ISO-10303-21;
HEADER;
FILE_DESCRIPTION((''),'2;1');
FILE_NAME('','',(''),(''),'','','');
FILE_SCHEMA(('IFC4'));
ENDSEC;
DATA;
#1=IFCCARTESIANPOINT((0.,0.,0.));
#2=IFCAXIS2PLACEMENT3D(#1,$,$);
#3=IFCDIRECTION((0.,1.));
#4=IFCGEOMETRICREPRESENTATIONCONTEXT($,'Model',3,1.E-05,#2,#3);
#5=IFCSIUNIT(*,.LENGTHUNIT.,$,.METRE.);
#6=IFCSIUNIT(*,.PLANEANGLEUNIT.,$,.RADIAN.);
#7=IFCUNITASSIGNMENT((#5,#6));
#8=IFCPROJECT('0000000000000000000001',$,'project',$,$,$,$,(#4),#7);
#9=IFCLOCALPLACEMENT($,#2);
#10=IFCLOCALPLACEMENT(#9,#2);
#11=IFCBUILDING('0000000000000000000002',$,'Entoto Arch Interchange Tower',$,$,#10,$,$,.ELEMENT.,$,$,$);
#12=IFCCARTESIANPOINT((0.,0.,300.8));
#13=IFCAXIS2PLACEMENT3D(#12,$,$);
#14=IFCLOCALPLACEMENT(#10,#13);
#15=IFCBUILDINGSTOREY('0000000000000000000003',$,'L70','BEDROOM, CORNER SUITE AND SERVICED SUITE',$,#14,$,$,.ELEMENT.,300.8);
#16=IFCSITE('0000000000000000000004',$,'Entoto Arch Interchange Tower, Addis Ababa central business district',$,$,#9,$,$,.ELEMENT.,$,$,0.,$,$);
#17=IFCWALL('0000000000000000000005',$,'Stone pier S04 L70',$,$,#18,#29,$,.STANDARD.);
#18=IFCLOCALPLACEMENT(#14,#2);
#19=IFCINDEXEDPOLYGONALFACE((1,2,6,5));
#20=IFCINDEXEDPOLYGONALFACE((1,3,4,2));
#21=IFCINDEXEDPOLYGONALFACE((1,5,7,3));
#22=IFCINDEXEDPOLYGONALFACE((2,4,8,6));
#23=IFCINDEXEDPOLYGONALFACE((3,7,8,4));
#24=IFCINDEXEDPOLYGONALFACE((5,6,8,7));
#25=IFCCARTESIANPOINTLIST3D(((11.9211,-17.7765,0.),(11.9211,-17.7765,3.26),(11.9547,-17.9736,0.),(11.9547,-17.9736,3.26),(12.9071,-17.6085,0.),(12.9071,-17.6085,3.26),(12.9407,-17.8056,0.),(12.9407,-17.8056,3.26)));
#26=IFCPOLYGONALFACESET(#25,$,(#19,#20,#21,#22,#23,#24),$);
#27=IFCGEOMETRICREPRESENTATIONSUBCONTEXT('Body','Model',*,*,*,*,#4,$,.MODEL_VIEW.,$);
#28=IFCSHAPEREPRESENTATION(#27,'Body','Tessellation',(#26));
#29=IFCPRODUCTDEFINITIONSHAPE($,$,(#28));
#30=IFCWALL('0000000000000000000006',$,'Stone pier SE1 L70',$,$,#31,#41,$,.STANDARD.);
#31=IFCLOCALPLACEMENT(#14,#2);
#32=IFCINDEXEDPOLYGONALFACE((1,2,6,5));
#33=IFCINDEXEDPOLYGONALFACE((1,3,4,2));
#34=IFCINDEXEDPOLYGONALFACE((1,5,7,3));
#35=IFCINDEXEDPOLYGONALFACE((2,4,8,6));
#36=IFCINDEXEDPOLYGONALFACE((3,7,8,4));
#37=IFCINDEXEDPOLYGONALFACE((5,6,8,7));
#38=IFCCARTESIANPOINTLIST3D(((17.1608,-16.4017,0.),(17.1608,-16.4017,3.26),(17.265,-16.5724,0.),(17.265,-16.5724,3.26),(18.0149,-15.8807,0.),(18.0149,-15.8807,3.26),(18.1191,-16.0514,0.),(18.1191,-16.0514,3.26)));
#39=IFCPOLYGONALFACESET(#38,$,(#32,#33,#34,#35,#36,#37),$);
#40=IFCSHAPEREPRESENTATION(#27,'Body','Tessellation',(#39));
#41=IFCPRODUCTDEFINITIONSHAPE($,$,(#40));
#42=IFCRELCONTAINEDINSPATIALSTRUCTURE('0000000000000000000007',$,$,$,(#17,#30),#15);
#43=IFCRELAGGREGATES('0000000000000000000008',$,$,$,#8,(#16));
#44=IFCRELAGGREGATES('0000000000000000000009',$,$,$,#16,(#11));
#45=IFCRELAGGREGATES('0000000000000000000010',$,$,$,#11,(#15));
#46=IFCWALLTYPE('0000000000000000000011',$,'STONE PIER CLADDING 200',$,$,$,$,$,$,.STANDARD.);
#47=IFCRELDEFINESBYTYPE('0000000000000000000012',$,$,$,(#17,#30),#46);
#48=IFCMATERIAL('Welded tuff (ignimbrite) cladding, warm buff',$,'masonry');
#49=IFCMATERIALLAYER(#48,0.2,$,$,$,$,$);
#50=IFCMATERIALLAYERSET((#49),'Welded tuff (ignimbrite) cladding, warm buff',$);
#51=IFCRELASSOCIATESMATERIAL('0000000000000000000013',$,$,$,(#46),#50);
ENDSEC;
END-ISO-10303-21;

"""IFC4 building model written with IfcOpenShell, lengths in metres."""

from ifc_helpers import new_model, si_unit, direction, frame, frame_2d, origin, place, context, subcontext, project, spatial, rectangle, extrude, material, layer, layer_set, type_object, element, save


model = new_model("IFC4")

# Units and contexts
model_context = context("Model", 3, precision=1e-05, world=origin(), true_north=direction((0.0, 1.0)))
body_context = subcontext(model_context, "Body", "Model", "MODEL_VIEW")
ifc_project = project(units=[si_unit("LENGTHUNIT", "METRE"), si_unit("PLANEANGLEUNIT", "RADIAN")], contexts=[model_context])

# Site, building, storey
site_placement = place(None, origin())
site = spatial("IfcSite", under=ifc_project, at=site_placement, Name="Entoto Arch Interchange Tower, Addis Ababa central business district", CompositionType="ELEMENT", RefElevation=0.0)
building_placement = place(site_placement, origin())
building = spatial("IfcBuilding", under=site, at=building_placement, Name="Entoto Arch Interchange Tower", CompositionType="ELEMENT")
storey_placement = place(building_placement, frame((0.0, 0.0, 300.8)))
storey = spatial("IfcBuildingStorey", under=building, at=storey_placement, Name="L70", Description="BEDROOM, CORNER SUITE AND SERVICED SUITE", CompositionType="ELEMENT", Elevation=300.8)

# Shared definitions
ifc_material_1 = material(Name="Welded tuff (ignimbrite) cladding, warm buff", Category="masonry")

# Walls
ifc_layer_1 = layer(ifc_material_1, 0.2)
ifc_layer_set_1 = layer_set([ifc_layer_1], Name="Welded tuff (ignimbrite) cladding, warm buff")
wall_type_1 = type_object("IfcWallType", Name="STONE PIER CLADDING 200", PredefinedType="STANDARD", material=ifc_layer_set_1)
wall_1_placement = place(storey_placement, frame((11.938, -17.875, 0.0), z_axis=(0.0, 0.0, 1.0), x_axis=(0.985801, 0.16792, 0.0)))
element("IfcWall", 1, at=wall_1_placement, inside=storey, type_object=wall_type_1, Name="Stone pier S04 L70", PredefinedType="STANDARD", context=body_context, shape_type="SweptSolid", body=[
    extrude(rectangle(XDim=1.0002, YDim=0.2, at=frame_2d((0.5, 0.0))), origin(), (0.0, 0.0, 1.0), 3.26),
])
wall_2_placement = place(storey_placement, frame((17.2129, -16.4871, 0.0), z_axis=(0.0, 0.0, 1.0), x_axis=(0.85368, 0.520798, 0.0)))
element("IfcWall", 2, at=wall_2_placement, inside=storey, type_object=wall_type_1, Name="Stone pier SE1 L70", PredefinedType="STANDARD", context=body_context, shape_type="SweptSolid", body=[
    extrude(rectangle(XDim=1.0005, YDim=0.2, at=frame_2d((0.5002, 0.0))), origin(), (0.0, 0.0, 1.0), 3.26),
])

save(model, "model.ifc")
